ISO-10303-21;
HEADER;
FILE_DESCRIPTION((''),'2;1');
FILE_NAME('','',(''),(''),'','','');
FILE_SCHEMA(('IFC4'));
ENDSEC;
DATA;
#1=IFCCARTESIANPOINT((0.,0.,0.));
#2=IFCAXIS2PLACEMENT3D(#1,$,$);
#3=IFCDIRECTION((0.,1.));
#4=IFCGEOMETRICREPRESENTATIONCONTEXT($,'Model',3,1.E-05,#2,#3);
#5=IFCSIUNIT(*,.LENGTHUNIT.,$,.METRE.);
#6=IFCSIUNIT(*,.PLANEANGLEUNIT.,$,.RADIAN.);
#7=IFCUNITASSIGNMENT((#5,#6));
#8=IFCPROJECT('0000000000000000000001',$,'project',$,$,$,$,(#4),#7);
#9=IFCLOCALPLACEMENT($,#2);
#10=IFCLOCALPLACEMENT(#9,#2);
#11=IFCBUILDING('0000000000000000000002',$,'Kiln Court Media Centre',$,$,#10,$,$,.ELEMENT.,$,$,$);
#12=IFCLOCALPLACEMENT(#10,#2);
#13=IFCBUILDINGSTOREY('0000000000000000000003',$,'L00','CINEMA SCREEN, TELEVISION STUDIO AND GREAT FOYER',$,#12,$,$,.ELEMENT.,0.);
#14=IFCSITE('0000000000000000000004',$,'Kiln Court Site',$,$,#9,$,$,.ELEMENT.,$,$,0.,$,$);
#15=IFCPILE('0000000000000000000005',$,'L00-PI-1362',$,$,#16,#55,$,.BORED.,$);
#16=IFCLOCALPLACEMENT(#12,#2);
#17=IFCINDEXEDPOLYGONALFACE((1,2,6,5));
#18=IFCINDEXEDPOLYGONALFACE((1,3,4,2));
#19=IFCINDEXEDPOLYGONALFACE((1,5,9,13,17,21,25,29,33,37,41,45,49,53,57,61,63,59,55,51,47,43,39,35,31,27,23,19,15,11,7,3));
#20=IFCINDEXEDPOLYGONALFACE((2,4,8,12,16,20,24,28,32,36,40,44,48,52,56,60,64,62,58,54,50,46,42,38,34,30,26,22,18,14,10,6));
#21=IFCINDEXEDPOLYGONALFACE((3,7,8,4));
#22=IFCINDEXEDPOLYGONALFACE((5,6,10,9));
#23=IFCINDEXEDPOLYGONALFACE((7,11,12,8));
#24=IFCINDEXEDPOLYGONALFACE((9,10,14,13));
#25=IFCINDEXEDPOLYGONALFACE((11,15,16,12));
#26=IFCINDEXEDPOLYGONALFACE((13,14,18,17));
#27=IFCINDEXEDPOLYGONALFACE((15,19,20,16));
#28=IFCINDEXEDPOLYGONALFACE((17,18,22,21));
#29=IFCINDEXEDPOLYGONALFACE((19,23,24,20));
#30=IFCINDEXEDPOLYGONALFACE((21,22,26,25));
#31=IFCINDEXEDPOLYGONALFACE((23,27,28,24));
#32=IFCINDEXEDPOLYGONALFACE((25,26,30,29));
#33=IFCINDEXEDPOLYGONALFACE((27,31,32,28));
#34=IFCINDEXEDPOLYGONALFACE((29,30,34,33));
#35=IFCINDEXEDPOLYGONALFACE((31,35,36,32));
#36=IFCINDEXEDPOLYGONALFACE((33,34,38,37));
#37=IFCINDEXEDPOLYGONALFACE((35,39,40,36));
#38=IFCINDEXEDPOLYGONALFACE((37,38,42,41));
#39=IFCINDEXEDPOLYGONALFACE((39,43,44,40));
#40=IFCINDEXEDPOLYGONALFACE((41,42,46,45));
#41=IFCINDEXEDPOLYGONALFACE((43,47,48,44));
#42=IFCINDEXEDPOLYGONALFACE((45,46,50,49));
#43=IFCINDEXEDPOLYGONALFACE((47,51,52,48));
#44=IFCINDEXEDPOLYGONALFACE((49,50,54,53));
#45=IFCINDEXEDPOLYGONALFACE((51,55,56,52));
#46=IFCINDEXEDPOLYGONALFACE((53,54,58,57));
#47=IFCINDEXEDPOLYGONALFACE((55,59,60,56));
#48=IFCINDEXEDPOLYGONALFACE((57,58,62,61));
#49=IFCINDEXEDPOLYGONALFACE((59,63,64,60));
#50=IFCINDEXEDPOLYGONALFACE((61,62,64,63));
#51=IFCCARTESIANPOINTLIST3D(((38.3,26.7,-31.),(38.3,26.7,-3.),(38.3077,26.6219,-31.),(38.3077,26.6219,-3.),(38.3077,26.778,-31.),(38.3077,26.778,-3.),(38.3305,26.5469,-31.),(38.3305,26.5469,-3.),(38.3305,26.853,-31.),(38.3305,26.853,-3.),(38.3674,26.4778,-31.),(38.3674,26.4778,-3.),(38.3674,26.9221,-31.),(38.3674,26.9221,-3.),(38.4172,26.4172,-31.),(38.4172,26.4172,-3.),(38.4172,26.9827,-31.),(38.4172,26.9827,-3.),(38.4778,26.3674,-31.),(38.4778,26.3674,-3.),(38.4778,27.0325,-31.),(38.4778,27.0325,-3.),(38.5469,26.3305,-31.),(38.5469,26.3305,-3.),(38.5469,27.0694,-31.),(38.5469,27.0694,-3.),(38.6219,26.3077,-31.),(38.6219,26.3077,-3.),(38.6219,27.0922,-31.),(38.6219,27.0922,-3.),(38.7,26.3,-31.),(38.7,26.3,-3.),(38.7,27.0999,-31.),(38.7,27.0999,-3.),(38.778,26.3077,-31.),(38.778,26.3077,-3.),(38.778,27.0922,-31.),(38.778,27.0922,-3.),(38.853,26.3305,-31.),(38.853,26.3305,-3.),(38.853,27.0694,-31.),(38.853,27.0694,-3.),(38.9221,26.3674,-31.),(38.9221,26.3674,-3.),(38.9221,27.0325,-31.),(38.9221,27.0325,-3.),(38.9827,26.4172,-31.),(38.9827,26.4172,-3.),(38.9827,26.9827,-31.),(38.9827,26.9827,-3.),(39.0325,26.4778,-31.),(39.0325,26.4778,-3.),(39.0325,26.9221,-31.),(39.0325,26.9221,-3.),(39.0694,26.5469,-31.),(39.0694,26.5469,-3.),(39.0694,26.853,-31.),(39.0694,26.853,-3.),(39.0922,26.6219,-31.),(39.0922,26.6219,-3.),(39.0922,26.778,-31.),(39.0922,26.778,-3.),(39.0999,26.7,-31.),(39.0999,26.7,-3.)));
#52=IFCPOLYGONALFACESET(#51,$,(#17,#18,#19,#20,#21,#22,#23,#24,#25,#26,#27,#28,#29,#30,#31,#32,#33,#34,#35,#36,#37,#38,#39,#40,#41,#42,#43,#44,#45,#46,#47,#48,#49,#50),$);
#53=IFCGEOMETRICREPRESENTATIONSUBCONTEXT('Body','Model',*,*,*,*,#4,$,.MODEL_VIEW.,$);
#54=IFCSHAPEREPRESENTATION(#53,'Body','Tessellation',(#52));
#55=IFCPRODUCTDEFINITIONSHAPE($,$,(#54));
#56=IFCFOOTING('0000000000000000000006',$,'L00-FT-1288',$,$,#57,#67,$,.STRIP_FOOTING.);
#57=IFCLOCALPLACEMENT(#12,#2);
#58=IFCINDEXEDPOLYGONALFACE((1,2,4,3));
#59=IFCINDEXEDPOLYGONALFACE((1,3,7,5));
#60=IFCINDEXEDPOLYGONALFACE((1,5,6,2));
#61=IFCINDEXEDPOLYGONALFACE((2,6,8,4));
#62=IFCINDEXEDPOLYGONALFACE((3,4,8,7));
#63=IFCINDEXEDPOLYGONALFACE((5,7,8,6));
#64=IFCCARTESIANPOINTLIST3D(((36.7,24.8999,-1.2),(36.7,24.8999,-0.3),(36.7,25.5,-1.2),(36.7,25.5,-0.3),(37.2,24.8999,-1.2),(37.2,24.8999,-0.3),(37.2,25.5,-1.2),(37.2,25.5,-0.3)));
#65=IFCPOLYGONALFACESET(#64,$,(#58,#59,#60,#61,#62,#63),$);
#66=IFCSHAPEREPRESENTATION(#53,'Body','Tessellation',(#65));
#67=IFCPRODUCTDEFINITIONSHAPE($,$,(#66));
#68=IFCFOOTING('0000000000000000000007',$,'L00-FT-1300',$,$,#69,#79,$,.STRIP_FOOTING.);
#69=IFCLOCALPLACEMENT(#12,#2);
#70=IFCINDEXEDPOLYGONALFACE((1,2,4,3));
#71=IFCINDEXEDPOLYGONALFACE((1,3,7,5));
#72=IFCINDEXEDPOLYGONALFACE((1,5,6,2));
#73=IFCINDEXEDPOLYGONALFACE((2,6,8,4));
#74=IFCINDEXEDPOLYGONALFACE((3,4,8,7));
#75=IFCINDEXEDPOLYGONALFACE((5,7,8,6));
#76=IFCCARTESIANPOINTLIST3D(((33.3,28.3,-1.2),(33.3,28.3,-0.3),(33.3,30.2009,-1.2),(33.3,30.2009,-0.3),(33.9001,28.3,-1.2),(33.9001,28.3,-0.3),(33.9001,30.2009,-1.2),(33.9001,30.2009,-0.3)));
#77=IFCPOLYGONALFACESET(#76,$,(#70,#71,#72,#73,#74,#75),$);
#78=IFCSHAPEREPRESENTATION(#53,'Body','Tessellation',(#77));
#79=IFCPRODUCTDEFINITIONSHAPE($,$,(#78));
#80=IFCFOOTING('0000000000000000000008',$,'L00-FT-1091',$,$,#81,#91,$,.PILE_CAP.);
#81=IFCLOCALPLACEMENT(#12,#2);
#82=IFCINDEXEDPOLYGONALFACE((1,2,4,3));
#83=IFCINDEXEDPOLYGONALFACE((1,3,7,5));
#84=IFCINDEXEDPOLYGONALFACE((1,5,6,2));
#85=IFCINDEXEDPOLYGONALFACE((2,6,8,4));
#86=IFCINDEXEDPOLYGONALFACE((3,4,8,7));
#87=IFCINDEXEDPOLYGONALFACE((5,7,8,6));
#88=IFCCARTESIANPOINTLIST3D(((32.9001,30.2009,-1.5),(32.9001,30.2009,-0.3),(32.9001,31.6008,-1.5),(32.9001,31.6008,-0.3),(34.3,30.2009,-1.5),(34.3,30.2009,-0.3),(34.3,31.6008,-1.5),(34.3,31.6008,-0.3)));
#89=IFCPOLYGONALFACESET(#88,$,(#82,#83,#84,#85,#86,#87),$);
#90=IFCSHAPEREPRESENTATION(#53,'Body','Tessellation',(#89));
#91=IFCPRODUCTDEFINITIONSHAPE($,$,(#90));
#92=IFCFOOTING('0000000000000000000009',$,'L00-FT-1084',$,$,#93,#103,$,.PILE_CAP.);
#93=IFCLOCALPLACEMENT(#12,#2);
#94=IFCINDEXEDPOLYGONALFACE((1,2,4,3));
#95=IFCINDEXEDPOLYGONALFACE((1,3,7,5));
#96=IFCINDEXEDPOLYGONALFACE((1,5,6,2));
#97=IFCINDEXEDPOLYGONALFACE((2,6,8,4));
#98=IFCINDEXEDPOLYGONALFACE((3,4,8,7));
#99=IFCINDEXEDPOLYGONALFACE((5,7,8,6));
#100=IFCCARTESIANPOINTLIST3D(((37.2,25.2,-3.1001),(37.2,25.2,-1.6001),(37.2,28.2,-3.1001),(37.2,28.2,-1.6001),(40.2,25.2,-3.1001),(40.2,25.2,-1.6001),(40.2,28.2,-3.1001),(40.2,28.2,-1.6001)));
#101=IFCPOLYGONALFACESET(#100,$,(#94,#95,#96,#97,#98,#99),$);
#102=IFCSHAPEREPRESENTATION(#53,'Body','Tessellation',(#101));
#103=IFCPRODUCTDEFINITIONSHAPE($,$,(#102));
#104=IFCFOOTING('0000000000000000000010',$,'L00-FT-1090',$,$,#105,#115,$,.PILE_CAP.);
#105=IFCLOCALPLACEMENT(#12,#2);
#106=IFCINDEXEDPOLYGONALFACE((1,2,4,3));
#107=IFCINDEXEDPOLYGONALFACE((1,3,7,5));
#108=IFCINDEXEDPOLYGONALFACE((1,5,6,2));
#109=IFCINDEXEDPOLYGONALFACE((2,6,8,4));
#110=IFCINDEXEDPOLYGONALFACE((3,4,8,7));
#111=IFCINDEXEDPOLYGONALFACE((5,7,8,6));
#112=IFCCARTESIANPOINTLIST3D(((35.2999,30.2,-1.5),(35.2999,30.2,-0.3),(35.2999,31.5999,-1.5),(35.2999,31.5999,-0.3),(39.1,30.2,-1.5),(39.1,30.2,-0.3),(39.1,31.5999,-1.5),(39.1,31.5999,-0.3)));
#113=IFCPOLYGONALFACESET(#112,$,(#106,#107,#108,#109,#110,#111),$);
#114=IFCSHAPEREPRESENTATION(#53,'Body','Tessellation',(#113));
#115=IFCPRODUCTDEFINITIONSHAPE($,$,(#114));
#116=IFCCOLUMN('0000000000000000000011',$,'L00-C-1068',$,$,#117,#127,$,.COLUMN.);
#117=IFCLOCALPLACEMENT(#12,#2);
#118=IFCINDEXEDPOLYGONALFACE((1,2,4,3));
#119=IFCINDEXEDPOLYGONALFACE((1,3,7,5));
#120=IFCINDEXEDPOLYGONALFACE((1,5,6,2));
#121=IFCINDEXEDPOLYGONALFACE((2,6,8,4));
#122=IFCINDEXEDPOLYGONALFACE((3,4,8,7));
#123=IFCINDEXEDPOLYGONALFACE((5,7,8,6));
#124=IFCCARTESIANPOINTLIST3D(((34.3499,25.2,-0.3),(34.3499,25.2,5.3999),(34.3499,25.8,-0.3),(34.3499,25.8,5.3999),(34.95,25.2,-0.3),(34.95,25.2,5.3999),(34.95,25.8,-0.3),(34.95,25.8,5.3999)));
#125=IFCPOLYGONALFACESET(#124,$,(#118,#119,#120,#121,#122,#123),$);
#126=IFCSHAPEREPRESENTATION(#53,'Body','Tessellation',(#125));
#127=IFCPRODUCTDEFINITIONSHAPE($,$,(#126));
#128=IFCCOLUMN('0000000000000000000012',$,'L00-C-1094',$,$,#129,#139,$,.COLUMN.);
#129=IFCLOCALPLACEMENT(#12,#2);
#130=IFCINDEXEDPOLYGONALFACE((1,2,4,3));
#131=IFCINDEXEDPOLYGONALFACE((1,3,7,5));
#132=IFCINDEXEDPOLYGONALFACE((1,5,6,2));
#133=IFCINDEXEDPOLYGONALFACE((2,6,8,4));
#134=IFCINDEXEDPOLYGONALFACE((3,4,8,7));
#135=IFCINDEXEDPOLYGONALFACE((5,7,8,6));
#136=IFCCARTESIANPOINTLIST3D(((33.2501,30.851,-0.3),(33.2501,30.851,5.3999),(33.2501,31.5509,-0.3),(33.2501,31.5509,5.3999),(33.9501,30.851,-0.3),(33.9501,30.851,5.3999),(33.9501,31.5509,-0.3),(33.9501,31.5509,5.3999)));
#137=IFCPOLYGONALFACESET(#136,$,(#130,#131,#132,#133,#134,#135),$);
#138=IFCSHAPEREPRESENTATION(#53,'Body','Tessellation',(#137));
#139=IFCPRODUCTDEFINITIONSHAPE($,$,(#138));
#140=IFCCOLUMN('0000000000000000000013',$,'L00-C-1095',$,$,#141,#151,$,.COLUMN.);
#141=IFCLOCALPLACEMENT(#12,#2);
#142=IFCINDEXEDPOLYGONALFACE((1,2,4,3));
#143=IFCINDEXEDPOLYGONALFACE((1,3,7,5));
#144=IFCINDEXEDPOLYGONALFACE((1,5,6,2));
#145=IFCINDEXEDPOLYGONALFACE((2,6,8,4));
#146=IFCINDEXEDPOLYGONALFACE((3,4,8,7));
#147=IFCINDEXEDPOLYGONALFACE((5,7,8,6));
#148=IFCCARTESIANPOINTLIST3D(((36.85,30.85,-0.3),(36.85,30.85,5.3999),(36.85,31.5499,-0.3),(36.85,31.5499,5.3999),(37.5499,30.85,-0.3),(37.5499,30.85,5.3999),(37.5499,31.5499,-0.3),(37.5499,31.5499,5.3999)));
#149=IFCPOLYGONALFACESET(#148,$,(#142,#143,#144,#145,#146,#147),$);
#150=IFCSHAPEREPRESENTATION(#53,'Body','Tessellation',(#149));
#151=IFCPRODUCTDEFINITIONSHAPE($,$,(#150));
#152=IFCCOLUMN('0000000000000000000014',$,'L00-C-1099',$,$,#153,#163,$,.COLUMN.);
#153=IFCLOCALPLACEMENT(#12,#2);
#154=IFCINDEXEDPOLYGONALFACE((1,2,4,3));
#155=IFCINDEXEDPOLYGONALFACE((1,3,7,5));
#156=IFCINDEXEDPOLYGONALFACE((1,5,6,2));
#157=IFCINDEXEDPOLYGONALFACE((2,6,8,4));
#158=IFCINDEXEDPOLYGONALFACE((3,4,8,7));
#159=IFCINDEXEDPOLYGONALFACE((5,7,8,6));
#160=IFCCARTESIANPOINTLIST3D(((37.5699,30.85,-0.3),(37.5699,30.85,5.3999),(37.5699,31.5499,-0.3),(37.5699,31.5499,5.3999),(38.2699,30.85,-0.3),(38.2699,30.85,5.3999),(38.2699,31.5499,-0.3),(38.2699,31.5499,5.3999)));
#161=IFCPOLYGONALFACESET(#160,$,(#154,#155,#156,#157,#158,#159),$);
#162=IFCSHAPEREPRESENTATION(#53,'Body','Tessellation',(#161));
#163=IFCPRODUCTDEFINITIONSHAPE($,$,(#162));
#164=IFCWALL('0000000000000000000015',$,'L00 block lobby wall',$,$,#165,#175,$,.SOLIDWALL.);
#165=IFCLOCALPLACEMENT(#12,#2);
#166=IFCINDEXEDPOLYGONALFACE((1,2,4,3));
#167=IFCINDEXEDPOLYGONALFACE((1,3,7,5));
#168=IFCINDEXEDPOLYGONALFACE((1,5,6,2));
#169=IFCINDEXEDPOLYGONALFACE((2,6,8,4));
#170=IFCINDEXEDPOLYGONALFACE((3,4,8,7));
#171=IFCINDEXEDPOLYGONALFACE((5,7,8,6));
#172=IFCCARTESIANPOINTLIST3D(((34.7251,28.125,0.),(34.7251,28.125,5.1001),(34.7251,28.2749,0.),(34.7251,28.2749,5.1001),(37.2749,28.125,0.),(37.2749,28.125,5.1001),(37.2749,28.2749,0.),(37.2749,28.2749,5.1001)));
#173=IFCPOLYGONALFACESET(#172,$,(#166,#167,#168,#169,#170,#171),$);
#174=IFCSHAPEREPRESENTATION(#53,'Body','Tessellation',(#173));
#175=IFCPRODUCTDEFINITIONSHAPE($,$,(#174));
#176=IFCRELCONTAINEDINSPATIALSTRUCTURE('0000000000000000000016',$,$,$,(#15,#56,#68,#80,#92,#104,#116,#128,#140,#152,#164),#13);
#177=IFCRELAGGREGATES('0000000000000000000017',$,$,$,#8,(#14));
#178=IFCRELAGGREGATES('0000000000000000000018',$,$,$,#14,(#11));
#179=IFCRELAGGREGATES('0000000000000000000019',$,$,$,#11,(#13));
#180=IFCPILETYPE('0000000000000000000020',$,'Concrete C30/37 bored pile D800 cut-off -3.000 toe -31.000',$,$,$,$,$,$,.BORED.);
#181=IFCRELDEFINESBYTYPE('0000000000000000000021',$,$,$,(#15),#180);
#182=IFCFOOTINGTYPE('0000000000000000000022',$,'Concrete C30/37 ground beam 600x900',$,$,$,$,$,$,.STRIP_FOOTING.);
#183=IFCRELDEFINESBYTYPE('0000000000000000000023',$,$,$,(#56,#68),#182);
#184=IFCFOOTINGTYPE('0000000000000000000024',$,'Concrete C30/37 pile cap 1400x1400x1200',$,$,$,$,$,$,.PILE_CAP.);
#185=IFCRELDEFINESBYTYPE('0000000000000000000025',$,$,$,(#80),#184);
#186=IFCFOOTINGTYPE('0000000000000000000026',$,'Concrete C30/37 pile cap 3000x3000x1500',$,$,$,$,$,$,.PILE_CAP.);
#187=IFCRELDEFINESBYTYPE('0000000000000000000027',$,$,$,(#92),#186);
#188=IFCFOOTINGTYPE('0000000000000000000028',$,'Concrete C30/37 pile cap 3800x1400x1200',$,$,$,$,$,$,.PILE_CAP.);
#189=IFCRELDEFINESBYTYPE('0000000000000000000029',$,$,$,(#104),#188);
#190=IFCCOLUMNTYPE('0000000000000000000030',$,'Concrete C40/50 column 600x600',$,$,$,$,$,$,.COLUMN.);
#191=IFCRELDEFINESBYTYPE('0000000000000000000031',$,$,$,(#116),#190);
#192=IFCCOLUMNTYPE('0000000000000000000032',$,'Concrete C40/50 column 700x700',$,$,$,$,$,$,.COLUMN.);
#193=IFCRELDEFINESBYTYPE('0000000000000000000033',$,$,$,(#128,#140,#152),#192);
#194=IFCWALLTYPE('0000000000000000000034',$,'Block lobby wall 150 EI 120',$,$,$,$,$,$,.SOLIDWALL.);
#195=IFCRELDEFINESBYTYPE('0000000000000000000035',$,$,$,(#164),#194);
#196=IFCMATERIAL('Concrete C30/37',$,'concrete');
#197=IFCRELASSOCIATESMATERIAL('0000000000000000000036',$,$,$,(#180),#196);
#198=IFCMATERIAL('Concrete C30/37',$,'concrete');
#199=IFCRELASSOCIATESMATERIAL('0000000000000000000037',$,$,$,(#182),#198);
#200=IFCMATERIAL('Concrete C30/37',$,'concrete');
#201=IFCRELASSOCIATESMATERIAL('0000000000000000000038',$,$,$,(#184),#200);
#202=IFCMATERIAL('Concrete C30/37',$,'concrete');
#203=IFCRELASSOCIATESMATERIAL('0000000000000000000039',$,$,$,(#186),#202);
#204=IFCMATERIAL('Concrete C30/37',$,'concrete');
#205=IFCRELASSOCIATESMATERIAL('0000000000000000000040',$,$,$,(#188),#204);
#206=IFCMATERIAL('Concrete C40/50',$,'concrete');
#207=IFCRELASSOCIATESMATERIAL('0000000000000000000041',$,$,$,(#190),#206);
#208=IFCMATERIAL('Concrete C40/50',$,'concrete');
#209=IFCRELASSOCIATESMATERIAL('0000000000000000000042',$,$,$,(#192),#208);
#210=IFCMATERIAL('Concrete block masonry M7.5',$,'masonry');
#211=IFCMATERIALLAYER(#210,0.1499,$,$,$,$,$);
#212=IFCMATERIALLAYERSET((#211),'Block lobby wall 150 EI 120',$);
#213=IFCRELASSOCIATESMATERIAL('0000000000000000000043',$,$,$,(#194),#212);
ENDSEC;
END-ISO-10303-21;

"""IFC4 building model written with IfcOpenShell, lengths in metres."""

from ifc_helpers import new_model, si_unit, direction, frame, frame_2d, origin, origin_2d, place, context, subcontext, project, spatial, rectangle, circle, extrude, material, layer, layer_set, material_profile, profile_set, type_object, element, save


model = new_model("IFC4")

# Units and contexts
model_context = context("Model", 3, precision=1e-05, world=origin(), true_north=direction((0.0, 1.0)))
body_context = subcontext(model_context, "Body", "Model", "MODEL_VIEW")
ifc_project = project(units=[si_unit("LENGTHUNIT", "METRE"), si_unit("PLANEANGLEUNIT", "RADIAN")], contexts=[model_context])

# Site, building, storey
site_placement = place(None, origin())
site = spatial("IfcSite", under=ifc_project, at=site_placement, Name="Kiln Court Site", CompositionType="ELEMENT", RefElevation=0.0)
building_placement = place(site_placement, origin())
building = spatial("IfcBuilding", under=site, at=building_placement, Name="Kiln Court Media Centre", CompositionType="ELEMENT")
storey_placement = place(building_placement, origin())
storey = spatial("IfcBuildingStorey", under=building, at=storey_placement, Name="L00", Description="CINEMA SCREEN, TELEVISION STUDIO AND GREAT FOYER", CompositionType="ELEMENT", Elevation=0.0)

# Pile
ifc_material_1 = material(Name="Concrete C30/37", Category="concrete")
ifc_material_profile_1 = material_profile(ifc_material_1, circle(Radius=0.3999, at=origin_2d()), Name="PILE D800")
ifc_profile_set_1 = profile_set([ifc_material_profile_1], Name="Concrete C30/37")
pile_type_1 = type_object("IfcPileType", Name="Concrete C30/37 bored pile D800 cut-off -3.000 toe -31.000", PredefinedType="BORED", material=ifc_profile_set_1)
pile_placement = place(storey_placement, frame((38.7, 26.7, -3.0), z_axis=(0.0, 0.0, -1.0), x_axis=(1.0, 0.0, 0.0)))
element("IfcPile", 1, at=pile_placement, inside=storey, type_object=pile_type_1, Name="L00-PI-1362", PredefinedType="BORED", context=body_context, shape_type="SweptSolid", body=[
    extrude(circle(Radius=0.3999, at=origin_2d()), origin(), (0.0, 0.0, 1.0), 28.0),
])

# Footings
ifc_material_2 = material(Name="Concrete C30/37", Category="concrete")
footing_type_1 = type_object("IfcFootingType", Name="Concrete C30/37 ground beam 600x900", PredefinedType="STRIP_FOOTING", material=ifc_material_2)
footing_1_placement = place(storey_placement, frame((36.95, 25.2, -1.2), z_axis=(0.0, 0.0, 1.0), x_axis=(1.0, 0.0, 0.0)))
element("IfcFooting", 2, at=footing_1_placement, inside=storey, type_object=footing_type_1, Name="L00-FT-1288", PredefinedType="STRIP_FOOTING", context=body_context, shape_type="SweptSolid", body=[
    extrude(rectangle(XDim=0.5, YDim=0.6001, at=origin_2d()), origin(), (0.0, 0.0, 1.0), 0.8999),
])
footing_2_placement = place(storey_placement, frame((33.6001, 29.2505, -1.2), z_axis=(0.0, 0.0, 1.0), x_axis=(1.0, 0.0, 0.0)))
element("IfcFooting", 3, at=footing_2_placement, inside=storey, type_object=footing_type_1, Name="L00-FT-1300", PredefinedType="STRIP_FOOTING", context=body_context, shape_type="SweptSolid", body=[
    extrude(rectangle(XDim=0.6001, YDim=1.9009, at=origin_2d()), origin(), (0.0, 0.0, 1.0), 0.8999),
])
ifc_material_3 = material(Name="Concrete C30/37", Category="concrete")
footing_type_2 = type_object("IfcFootingType", Name="Concrete C30/37 pile cap 1400x1400x1200", PredefinedType="PILE_CAP", material=ifc_material_3)
footing_3_placement = place(storey_placement, frame((33.6001, 30.9009, -1.5), z_axis=(0.0, 0.0, 1.0), x_axis=(1.0, 0.0, 0.0)))
element("IfcFooting", 4, at=footing_3_placement, inside=storey, type_object=footing_type_2, Name="L00-FT-1091", PredefinedType="PILE_CAP", context=body_context, shape_type="SweptSolid", body=[
    extrude(rectangle(XDim=1.3999, YDim=1.3999, at=origin_2d()), origin(), (0.0, 0.0, 1.0), 1.2),
])
ifc_material_4 = material(Name="Concrete C30/37", Category="concrete")
footing_type_3 = type_object("IfcFootingType", Name="Concrete C30/37 pile cap 3000x3000x1500", PredefinedType="PILE_CAP", material=ifc_material_4)
footing_4_placement = place(storey_placement, frame((38.7, 26.7, -3.1001), z_axis=(0.0, 0.0, 1.0), x_axis=(1.0, 0.0, 0.0)))
element("IfcFooting", 5, at=footing_4_placement, inside=storey, type_object=footing_type_3, Name="L00-FT-1084", PredefinedType="PILE_CAP", context=body_context, shape_type="SweptSolid", body=[
    extrude(rectangle(XDim=3.0, YDim=3.0, at=origin_2d()), origin(), (0.0, 0.0, 1.0), 1.5),
])
ifc_material_5 = material(Name="Concrete C30/37", Category="concrete")
footing_type_4 = type_object("IfcFootingType", Name="Concrete C30/37 pile cap 3800x1400x1200", PredefinedType="PILE_CAP", material=ifc_material_5)
footing_5_placement = place(storey_placement, frame((37.2, 30.8999, -1.5), z_axis=(0.0, 0.0, 1.0), x_axis=(1.0, 0.0, 0.0)))
element("IfcFooting", 6, at=footing_5_placement, inside=storey, type_object=footing_type_4, Name="L00-FT-1090", PredefinedType="PILE_CAP", context=body_context, shape_type="SweptSolid", body=[
    extrude(rectangle(XDim=3.8, YDim=1.3999, at=origin_2d()), origin(), (0.0, 0.0, 1.0), 1.2),
])

# Columns
ifc_material_6 = material(Name="Concrete C40/50", Category="concrete")
ifc_material_profile_2 = material_profile(ifc_material_6, rectangle(XDim=0.6001, YDim=0.6001, at=origin_2d()), Name="RC 600x600")
ifc_profile_set_2 = profile_set([ifc_material_profile_2], Name="Concrete C40/50")
column_type_1 = type_object("IfcColumnType", Name="Concrete C40/50 column 600x600", PredefinedType="COLUMN", material=ifc_profile_set_2)
column_placement = place(storey_placement, frame((34.6499, 25.5, -0.3), z_axis=(0.0, 0.0, 1.0), x_axis=(1.0, 0.0, 0.0)))
element("IfcColumn", 7, at=column_placement, inside=storey, type_object=column_type_1, Name="L00-C-1068", PredefinedType="COLUMN", context=body_context, shape_type="SweptSolid", body=[
    extrude(rectangle(XDim=0.6001, YDim=0.6001, at=origin_2d()), origin(), (0.0, 0.0, 1.0), 5.7),
])
ifc_material_7 = material(Name="Concrete C40/50", Category="concrete")
ifc_material_profile_3 = material_profile(ifc_material_7, rectangle(XDim=0.7, YDim=0.7, at=origin_2d()), Name="RC 700x700")
ifc_profile_set_3 = profile_set([ifc_material_profile_3], Name="Concrete C40/50")
column_type_2 = type_object("IfcColumnType", Name="Concrete C40/50 column 700x700", PredefinedType="COLUMN", material=ifc_profile_set_3)
for number, where, z_axis, x_axis, name in (
    (8, (33.6001, 31.2009, -0.3), (0.0, 0.0, 1.0), (1.0, 0.0, 0.0), "L00-C-1094"),
    (9, (37.2, 31.2, -0.3), (0.0, 0.0, 1.0), (1.0, 0.0, 0.0), "L00-C-1095"),
    (10, (37.9199, 31.2, -0.3), (0.0, 0.0, 1.0), (1.0, 0.0, 0.0), "L00-C-1099"),
):
    element("IfcColumn", number, at=place(storey_placement, frame(where, z_axis=z_axis, x_axis=x_axis)), inside=storey, type_object=column_type_2, Name=name, PredefinedType="COLUMN", context=body_context, shape_type="SweptSolid", body=[
        extrude(rectangle(XDim=0.7, YDim=0.7, at=origin_2d()), origin(), (0.0, 0.0, 1.0), 5.7),
    ])

# Wall
ifc_material_8 = material(Name="Concrete block masonry M7.5", Category="masonry")
ifc_layer_1 = layer(ifc_material_8, 0.1499)
ifc_layer_set_1 = layer_set([ifc_layer_1], Name="Block lobby wall 150 EI 120")
wall_type_1 = type_object("IfcWallType", Name="Block lobby wall 150 EI 120", PredefinedType="SOLIDWALL", material=ifc_layer_set_1)
wall_1_placement = place(storey_placement, frame((34.7251, 28.2, 0.0), z_axis=(0.0, 0.0, 1.0), x_axis=(1.0, 0.0, 0.0)))
element("IfcWall", 11, at=wall_1_placement, inside=storey, type_object=wall_type_1, Name="L00 block lobby wall", PredefinedType="SOLIDWALL", context=body_context, shape_type="SweptSolid", body=[
    extrude(rectangle(XDim=2.5498, YDim=0.1499, at=frame_2d((1.2749, 0.0))), origin(), (0.0, 0.0, 1.0), 5.1001),
])

save(model, "model.ifc")
